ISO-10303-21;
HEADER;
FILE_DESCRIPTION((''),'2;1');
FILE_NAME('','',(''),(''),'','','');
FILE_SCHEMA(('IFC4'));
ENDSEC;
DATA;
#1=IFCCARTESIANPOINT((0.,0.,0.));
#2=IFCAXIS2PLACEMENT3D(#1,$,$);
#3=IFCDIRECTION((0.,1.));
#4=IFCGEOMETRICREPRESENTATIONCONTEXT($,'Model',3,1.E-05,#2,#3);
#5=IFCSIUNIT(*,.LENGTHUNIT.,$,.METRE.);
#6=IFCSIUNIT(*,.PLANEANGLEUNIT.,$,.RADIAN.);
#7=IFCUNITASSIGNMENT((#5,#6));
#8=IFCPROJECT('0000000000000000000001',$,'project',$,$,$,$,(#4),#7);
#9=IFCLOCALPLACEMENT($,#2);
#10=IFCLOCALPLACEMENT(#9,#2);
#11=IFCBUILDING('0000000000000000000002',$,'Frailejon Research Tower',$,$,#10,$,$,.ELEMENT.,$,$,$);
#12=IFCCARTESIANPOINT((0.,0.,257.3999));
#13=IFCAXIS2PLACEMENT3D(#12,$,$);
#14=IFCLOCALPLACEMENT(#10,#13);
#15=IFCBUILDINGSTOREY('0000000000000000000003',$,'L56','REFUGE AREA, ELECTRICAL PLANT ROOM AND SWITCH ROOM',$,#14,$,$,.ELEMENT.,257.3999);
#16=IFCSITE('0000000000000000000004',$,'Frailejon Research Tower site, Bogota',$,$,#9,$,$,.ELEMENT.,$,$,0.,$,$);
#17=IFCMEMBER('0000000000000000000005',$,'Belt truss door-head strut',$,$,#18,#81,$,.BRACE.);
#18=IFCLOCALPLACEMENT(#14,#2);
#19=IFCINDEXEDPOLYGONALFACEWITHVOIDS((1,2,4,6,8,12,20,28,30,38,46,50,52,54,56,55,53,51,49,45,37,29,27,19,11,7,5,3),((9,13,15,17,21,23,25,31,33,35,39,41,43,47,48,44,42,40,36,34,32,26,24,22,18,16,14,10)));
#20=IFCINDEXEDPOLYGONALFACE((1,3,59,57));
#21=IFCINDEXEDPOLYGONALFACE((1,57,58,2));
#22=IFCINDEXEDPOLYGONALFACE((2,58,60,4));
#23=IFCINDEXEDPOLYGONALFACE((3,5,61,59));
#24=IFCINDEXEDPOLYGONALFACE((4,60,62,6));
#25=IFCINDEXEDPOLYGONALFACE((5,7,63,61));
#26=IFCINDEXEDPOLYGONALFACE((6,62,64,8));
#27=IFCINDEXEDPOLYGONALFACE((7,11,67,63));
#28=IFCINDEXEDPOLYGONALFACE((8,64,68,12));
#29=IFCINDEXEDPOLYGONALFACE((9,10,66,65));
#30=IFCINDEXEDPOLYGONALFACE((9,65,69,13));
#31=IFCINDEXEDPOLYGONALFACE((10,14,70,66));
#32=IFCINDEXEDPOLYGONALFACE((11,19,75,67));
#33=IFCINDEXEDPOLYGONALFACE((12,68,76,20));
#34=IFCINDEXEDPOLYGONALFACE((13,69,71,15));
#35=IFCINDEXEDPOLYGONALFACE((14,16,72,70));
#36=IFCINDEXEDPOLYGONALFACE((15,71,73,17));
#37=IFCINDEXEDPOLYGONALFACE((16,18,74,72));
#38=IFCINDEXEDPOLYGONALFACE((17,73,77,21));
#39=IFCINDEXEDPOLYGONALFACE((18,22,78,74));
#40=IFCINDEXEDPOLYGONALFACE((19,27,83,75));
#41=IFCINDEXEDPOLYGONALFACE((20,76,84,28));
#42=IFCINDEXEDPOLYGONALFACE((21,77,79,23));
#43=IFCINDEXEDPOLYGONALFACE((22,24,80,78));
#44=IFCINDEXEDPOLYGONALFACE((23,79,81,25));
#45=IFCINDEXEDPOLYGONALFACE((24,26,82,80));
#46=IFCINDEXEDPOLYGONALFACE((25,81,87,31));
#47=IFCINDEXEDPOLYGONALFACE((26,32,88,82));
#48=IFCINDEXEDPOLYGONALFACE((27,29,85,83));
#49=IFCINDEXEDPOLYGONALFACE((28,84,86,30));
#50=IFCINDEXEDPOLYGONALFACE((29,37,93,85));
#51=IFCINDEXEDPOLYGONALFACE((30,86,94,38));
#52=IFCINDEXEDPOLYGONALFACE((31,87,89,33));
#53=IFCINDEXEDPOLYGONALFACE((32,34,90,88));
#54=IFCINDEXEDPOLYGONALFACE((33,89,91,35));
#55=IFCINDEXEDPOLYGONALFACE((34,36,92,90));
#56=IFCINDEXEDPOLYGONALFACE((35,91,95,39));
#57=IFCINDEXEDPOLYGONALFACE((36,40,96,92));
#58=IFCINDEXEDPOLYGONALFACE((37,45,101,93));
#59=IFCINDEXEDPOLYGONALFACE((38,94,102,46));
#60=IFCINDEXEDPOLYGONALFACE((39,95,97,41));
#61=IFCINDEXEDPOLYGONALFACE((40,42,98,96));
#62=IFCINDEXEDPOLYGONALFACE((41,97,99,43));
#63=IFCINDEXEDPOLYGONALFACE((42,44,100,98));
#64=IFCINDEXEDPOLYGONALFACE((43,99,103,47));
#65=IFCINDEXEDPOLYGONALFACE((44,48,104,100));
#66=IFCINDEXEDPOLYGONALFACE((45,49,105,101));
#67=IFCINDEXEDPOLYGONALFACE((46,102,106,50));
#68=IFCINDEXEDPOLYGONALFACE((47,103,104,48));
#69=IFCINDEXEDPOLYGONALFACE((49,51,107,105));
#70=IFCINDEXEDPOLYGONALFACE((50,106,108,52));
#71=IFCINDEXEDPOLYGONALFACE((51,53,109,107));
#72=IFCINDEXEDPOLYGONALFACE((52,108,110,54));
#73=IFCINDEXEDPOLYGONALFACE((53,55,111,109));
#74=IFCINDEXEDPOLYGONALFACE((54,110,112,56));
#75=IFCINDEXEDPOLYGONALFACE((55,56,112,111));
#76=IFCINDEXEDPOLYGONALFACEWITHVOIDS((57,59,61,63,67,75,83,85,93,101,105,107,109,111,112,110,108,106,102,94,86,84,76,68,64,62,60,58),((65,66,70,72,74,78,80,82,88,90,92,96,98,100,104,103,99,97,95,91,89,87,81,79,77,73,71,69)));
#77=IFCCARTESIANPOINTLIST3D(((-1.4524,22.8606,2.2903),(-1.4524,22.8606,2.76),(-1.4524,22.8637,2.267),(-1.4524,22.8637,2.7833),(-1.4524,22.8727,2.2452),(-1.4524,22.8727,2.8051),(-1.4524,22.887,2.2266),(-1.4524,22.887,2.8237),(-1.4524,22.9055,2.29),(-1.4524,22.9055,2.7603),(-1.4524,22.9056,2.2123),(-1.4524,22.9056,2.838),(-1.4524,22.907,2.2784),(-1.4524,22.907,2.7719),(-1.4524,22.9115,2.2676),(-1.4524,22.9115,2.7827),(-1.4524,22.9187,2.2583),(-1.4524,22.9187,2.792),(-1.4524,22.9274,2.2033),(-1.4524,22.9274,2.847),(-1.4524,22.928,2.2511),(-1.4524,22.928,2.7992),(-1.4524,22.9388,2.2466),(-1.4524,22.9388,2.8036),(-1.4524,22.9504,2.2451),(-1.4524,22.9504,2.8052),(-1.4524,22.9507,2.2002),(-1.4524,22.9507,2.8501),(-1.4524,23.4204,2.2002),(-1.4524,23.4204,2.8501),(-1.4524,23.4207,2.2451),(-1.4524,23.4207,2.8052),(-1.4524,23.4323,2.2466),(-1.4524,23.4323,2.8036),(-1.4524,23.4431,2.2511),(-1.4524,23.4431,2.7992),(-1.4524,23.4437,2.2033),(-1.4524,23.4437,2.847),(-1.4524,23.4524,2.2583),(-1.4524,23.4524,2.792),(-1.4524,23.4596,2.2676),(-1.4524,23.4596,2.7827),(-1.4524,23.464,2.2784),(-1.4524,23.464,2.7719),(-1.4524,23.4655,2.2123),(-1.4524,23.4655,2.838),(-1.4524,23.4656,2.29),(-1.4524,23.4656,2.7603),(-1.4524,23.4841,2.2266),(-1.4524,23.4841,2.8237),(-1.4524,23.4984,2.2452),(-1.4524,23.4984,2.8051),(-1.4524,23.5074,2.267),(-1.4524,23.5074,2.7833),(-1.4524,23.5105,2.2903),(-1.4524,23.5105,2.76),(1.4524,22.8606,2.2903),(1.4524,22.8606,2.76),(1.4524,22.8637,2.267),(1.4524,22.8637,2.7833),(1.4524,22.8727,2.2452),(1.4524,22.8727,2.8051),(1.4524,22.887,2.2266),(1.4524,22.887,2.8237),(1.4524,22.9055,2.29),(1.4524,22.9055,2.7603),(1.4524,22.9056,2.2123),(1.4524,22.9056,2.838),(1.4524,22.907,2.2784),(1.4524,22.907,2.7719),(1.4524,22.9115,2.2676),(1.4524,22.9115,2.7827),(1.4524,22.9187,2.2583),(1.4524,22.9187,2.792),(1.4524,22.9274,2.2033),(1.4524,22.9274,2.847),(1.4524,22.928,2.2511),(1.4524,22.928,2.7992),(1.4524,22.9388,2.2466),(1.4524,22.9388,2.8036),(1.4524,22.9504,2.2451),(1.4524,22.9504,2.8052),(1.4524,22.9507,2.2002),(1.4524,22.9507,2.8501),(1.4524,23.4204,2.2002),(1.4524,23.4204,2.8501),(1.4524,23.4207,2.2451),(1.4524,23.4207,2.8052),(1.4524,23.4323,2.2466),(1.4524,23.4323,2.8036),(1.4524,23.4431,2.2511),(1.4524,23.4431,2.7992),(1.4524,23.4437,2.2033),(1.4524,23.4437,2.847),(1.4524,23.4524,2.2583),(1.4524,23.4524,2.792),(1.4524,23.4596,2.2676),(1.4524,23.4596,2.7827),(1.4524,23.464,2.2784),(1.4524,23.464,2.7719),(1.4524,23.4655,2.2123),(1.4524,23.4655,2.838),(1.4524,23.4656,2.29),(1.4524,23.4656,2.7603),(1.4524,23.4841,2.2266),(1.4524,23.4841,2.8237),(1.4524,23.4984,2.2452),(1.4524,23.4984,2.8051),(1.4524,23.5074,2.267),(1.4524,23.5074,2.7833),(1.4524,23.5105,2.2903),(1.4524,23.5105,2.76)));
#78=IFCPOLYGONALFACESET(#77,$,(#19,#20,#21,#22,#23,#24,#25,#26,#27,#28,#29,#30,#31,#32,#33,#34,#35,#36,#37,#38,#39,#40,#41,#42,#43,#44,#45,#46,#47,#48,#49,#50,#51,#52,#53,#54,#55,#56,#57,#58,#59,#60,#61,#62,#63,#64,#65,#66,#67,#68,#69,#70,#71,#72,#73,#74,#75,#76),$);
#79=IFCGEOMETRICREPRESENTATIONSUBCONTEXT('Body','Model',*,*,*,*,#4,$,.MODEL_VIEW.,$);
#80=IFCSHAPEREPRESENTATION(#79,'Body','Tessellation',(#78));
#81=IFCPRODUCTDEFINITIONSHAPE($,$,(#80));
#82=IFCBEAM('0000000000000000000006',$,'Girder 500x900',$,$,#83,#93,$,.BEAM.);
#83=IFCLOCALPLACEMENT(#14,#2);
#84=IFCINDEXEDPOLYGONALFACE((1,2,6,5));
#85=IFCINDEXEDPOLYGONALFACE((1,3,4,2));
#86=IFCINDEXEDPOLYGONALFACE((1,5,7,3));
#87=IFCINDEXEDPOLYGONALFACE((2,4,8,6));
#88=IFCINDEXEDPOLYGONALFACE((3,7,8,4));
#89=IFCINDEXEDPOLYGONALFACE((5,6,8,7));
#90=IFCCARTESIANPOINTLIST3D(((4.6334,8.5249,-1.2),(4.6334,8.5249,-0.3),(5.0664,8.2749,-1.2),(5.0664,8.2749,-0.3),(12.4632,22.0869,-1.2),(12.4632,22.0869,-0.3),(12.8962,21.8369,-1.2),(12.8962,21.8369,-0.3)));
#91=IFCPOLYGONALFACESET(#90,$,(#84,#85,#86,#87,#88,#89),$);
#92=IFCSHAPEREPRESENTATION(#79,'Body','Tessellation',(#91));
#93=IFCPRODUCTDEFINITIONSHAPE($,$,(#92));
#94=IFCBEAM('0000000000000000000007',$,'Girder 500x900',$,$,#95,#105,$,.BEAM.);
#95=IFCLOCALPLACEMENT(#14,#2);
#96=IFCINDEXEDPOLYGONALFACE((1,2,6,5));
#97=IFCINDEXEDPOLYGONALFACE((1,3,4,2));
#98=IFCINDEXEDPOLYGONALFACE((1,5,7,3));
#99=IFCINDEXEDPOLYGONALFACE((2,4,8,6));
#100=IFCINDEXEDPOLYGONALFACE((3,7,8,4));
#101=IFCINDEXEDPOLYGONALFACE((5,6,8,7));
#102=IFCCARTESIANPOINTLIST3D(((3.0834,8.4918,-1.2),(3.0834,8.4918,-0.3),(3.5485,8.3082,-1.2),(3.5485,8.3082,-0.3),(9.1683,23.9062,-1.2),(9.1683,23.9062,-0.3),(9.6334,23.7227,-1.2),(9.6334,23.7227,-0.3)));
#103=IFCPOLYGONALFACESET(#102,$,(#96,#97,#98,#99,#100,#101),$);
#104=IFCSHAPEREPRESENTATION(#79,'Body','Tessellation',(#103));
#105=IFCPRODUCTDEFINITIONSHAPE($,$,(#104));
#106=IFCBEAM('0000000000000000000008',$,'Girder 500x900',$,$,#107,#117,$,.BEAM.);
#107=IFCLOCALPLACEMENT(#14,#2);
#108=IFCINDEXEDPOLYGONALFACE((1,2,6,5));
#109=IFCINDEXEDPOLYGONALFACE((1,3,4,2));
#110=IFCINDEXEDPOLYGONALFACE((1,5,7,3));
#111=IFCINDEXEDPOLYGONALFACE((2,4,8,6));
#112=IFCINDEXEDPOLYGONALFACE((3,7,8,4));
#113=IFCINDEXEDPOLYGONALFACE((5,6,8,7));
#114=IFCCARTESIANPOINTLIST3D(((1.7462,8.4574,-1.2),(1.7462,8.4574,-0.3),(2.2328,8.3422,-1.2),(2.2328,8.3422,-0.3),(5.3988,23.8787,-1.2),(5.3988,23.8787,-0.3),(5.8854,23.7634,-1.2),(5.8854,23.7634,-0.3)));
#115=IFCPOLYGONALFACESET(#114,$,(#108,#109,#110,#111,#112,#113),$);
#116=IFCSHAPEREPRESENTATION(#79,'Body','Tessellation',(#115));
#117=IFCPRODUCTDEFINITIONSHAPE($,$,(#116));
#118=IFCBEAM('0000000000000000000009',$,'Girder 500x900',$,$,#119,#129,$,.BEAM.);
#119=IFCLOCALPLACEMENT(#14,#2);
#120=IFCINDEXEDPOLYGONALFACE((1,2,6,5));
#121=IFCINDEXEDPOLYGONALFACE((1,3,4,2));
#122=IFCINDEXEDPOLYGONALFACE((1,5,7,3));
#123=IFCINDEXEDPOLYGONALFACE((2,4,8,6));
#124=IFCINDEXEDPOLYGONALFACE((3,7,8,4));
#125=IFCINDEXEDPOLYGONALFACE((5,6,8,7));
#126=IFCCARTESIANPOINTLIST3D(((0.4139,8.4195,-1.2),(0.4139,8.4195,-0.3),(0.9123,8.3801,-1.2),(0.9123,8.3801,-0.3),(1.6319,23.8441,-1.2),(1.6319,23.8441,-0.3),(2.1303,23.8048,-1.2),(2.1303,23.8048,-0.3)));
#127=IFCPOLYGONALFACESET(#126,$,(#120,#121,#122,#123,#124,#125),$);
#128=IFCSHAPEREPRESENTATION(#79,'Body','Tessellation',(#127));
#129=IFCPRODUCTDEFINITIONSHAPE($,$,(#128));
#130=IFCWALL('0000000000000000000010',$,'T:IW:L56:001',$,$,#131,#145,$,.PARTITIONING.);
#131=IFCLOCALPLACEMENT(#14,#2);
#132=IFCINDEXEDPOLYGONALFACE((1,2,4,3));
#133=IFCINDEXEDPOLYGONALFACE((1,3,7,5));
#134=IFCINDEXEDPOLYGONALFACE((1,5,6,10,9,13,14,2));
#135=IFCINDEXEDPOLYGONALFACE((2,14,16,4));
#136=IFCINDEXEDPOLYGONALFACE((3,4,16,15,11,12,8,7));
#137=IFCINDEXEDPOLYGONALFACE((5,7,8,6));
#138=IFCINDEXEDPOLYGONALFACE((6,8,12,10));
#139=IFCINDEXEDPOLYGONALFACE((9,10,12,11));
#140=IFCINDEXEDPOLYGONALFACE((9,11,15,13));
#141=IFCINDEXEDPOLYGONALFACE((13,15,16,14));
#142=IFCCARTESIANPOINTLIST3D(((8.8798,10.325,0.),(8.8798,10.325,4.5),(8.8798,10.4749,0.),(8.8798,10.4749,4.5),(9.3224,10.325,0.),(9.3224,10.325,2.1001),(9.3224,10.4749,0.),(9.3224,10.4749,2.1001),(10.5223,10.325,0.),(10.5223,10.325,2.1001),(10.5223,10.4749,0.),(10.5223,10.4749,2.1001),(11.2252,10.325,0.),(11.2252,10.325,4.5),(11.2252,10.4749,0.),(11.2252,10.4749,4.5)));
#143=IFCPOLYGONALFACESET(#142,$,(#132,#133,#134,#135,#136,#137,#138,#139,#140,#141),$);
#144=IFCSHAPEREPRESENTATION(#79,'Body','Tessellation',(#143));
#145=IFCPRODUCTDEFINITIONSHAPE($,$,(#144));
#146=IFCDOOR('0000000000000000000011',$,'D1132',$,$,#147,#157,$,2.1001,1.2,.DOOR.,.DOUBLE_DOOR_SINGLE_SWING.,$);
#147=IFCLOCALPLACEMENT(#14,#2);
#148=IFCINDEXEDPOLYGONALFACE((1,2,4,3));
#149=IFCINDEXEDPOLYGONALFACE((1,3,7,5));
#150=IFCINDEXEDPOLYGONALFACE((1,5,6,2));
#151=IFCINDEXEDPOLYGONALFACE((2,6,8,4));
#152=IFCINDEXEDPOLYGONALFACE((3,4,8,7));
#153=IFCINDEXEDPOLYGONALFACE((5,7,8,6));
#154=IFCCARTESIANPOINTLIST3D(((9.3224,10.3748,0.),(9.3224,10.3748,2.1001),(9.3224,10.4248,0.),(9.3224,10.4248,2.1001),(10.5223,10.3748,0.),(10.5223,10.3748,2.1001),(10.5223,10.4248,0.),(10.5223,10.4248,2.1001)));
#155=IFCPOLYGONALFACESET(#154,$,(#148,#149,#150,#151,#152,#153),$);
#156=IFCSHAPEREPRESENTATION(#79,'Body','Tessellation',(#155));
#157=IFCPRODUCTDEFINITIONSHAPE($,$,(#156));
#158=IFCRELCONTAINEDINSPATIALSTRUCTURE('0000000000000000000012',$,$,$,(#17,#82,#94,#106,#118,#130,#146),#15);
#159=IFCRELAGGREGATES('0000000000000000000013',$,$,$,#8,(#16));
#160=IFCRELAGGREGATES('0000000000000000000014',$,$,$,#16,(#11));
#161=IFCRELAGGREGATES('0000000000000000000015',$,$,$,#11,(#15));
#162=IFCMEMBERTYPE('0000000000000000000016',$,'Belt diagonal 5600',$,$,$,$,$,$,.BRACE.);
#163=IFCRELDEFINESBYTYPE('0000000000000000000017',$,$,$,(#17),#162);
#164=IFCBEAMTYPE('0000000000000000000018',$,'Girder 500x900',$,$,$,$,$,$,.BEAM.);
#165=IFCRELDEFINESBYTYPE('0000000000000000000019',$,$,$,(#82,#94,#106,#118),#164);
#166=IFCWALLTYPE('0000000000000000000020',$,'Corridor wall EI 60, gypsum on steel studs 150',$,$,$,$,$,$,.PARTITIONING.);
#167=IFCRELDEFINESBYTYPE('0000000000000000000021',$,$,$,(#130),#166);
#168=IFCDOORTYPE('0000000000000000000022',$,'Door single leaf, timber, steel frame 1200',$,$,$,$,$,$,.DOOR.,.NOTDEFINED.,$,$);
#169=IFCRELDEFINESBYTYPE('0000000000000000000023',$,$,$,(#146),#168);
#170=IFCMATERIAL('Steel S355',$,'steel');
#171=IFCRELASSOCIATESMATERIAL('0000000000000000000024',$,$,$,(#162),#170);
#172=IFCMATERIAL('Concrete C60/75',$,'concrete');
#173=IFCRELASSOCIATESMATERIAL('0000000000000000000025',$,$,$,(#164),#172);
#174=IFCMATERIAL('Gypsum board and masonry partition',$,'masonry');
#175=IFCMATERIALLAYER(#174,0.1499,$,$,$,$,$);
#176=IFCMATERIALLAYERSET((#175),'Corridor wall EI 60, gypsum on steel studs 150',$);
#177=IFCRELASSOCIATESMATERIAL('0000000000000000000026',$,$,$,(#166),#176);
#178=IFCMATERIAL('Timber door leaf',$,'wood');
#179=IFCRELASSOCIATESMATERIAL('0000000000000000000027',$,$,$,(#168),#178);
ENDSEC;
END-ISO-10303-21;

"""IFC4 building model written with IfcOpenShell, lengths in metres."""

from ifc_helpers import new_model, si_unit, direction, frame, frame_2d, origin, origin_2d, place, context, subcontext, project, spatial, rectangle, hollow_rectangle, extrude, material, layer, layer_set, material_profile, profile_set, type_object, element, fill, save


model = new_model("IFC4")

# Units and contexts
model_context = context("Model", 3, precision=1e-05, world=origin(), true_north=direction((0.0, 1.0)))
body_context = subcontext(model_context, "Body", "Model", "MODEL_VIEW")
ifc_project = project(units=[si_unit("LENGTHUNIT", "METRE"), si_unit("PLANEANGLEUNIT", "RADIAN")], contexts=[model_context])

# Site, building, storey
site_placement = place(None, origin())
site = spatial("IfcSite", under=ifc_project, at=site_placement, Name="Frailejon Research Tower site, Bogota", CompositionType="ELEMENT", RefElevation=0.0)
building_placement = place(site_placement, origin())
building = spatial("IfcBuilding", under=site, at=building_placement, Name="Frailejon Research Tower", CompositionType="ELEMENT")
storey_placement = place(building_placement, frame((0.0, 0.0, 257.3999)))
storey = spatial("IfcBuildingStorey", under=building, at=storey_placement, Name="L56", Description="REFUGE AREA, ELECTRICAL PLANT ROOM AND SWITCH ROOM", CompositionType="ELEMENT", Elevation=257.3999)

# Member
ifc_material_1 = material(Name="Steel S355", Category="steel")
ifc_material_profile_1 = material_profile(ifc_material_1, hollow_rectangle(XDim=0.6499, YDim=0.6499, WallThickness=0.0449, InnerFilletRadius=0.0449, OuterFilletRadius=0.0901, at=origin_2d()), Name="Belt diagonal 5600")
ifc_profile_set_1 = profile_set([ifc_material_profile_1], Name="Steel S355")
member_type = type_object("IfcMemberType", Name="Belt diagonal 5600", PredefinedType="BRACE", material=ifc_profile_set_1)
member_1_placement = place(storey_placement, frame((1.4524, 23.1855, 2.5251), z_axis=(-1.0, 0.0, 0.0), x_axis=(0.0, -1.0, 0.0)))
element("IfcMember", 1, at=member_1_placement, inside=storey, type_object=member_type, Name="Belt truss door-head strut", PredefinedType="BRACE", context=body_context, shape_type="SweptSolid", body=[
    extrude(hollow_rectangle(XDim=0.6499, YDim=0.6499, WallThickness=0.0449, InnerFilletRadius=0.0449, OuterFilletRadius=0.0901, at=origin_2d()), origin(), (0.0, 0.0, 1.0), 2.9048),
])

# Beams
ifc_material_2 = material(Name="Concrete C60/75", Category="concrete")
ifc_material_profile_2 = material_profile(ifc_material_2, rectangle(XDim=0.5, YDim=0.8999, at=origin_2d()), Name="Girder 500x900")
ifc_profile_set_2 = profile_set([ifc_material_profile_2], Name="Concrete C60/75")
beam_type_1 = type_object("IfcBeamType", Name="Girder 500x900", PredefinedType="BEAM", material=ifc_profile_set_2)
beam_1_placement = place(storey_placement, frame((12.6797, 21.9619, -0.75), z_axis=(-0.499991, -0.866031, 0.0), x_axis=(0.866031, -0.499991, 0.0)))
element("IfcBeam", 2, at=beam_1_placement, inside=storey, type_object=beam_type_1, Name="Girder 500x900", PredefinedType="BEAM", context=body_context, shape_type="SweptSolid", body=[
    extrude(rectangle(XDim=0.5, YDim=0.8999, at=origin_2d()), origin(), (0.0, 0.0, 1.0), 15.6599),
])
beam_2_placement = place(storey_placement, frame((9.4009, 23.8145, -0.75), z_axis=(-0.367181, -0.93015, 0.0), x_axis=(0.93015, -0.367181, 0.0)))
element("IfcBeam", 3, at=beam_2_placement, inside=storey, type_object=beam_type_1, Name="Girder 500x900", PredefinedType="BEAM", context=body_context, shape_type="SweptSolid", body=[
    extrude(rectangle(XDim=0.5, YDim=0.8999, at=origin_2d()), origin(), (0.0, 0.0, 1.0), 16.572),
])
beam_3_placement = place(storey_placement, frame((5.6421, 23.821, -0.75), z_axis=(-0.230479, -0.973077, 0.0), x_axis=(0.973077, -0.230479, 0.0)))
element("IfcBeam", 4, at=beam_3_placement, inside=storey, type_object=beam_type_1, Name="Girder 500x900", PredefinedType="BEAM", context=body_context, shape_type="SweptSolid", body=[
    extrude(rectangle(XDim=0.5, YDim=0.8999, at=origin_2d()), origin(), (0.0, 0.0, 1.0), 15.8479),
])
beam_4_placement = place(storey_placement, frame((1.8811, 23.8245, -0.75), z_axis=(-0.078721, -0.996897, 0.0), x_axis=(0.996897, -0.078721, 0.0)))
element("IfcBeam", 5, at=beam_4_placement, inside=storey, type_object=beam_type_1, Name="Girder 500x900", PredefinedType="BEAM", context=body_context, shape_type="SweptSolid", body=[
    extrude(rectangle(XDim=0.5, YDim=0.8999, at=origin_2d()), origin(), (0.0, 0.0, 1.0), 15.4727),
])

# Wall, opening, door
ifc_material_3 = material(Name="Gypsum board and masonry partition", Category="masonry")
ifc_layer_1 = layer(ifc_material_3, 0.1499)
ifc_layer_set_1 = layer_set([ifc_layer_1], Name="Corridor wall EI 60, gypsum on steel studs 150")
wall_type_1 = type_object("IfcWallType", Name="Corridor wall EI 60, gypsum on steel studs 150", PredefinedType="PARTITIONING", material=ifc_layer_set_1)
wall_1_placement = place(storey_placement, frame((8.8796, 10.3999, 0.0), z_axis=(0.0, 0.0, 1.0), x_axis=(1.0, 0.0, 0.0)))
wall_1 = element("IfcWall", 6, at=wall_1_placement, inside=storey, type_object=wall_type_1, Name="T:IW:L56:001", PredefinedType="PARTITIONING", context=body_context, shape_type="SweptSolid", body=[
    extrude(rectangle(XDim=2.3455, YDim=0.1499, at=frame_2d((1.1729, 0.0))), origin(), (0.0, 0.0, 1.0), 4.5),
])
opening_1_placement = place(wall_1_placement, frame((0.4426, 0.0, 0.0)))
opening_1 = element("IfcOpeningElement", 7, at=opening_1_placement, cuts=wall_1, PredefinedType="OPENING", context=body_context, shape_type="SweptSolid", body=[
    extrude(rectangle(XDim=1.2, YDim=2.1001, at=frame_2d((0.6001, 1.05))), frame((0.0, 0.085, 0.0), z_axis=(0.0, -1.0, 0.0), x_axis=(1.0, 0.0, 0.0)), (0.0, 0.0, 1.0), 0.1699),
])
ifc_material_4 = material(Name="Timber door leaf", Category="wood")
door_type_1 = type_object("IfcDoorType", Name="Door single leaf, timber, steel frame 1200", OperationType="NOTDEFINED", PredefinedType="DOOR", material=ifc_material_4)
door_1_placement = place(opening_1_placement, origin())
door_1 = element("IfcDoor", 8, at=door_1_placement, inside=storey, type_object=door_type_1, Name="D1132", OperationType="DOUBLE_DOOR_SINGLE_SWING", OverallHeight=2.1001, OverallWidth=1.2, PredefinedType="DOOR", context=body_context, shape_type="SweptSolid", body=[
    extrude(rectangle(XDim=1.2, YDim=2.1001, at=frame_2d((0.6001, 1.05))), frame((0.0, 0.0249, 0.0), z_axis=(0.0, -1.0, 0.0), x_axis=(1.0, 0.0, 0.0)), (0.0, 0.0, 1.0), 0.05),
])
fill(opening_1, door_1)

save(model, "model.ifc")
